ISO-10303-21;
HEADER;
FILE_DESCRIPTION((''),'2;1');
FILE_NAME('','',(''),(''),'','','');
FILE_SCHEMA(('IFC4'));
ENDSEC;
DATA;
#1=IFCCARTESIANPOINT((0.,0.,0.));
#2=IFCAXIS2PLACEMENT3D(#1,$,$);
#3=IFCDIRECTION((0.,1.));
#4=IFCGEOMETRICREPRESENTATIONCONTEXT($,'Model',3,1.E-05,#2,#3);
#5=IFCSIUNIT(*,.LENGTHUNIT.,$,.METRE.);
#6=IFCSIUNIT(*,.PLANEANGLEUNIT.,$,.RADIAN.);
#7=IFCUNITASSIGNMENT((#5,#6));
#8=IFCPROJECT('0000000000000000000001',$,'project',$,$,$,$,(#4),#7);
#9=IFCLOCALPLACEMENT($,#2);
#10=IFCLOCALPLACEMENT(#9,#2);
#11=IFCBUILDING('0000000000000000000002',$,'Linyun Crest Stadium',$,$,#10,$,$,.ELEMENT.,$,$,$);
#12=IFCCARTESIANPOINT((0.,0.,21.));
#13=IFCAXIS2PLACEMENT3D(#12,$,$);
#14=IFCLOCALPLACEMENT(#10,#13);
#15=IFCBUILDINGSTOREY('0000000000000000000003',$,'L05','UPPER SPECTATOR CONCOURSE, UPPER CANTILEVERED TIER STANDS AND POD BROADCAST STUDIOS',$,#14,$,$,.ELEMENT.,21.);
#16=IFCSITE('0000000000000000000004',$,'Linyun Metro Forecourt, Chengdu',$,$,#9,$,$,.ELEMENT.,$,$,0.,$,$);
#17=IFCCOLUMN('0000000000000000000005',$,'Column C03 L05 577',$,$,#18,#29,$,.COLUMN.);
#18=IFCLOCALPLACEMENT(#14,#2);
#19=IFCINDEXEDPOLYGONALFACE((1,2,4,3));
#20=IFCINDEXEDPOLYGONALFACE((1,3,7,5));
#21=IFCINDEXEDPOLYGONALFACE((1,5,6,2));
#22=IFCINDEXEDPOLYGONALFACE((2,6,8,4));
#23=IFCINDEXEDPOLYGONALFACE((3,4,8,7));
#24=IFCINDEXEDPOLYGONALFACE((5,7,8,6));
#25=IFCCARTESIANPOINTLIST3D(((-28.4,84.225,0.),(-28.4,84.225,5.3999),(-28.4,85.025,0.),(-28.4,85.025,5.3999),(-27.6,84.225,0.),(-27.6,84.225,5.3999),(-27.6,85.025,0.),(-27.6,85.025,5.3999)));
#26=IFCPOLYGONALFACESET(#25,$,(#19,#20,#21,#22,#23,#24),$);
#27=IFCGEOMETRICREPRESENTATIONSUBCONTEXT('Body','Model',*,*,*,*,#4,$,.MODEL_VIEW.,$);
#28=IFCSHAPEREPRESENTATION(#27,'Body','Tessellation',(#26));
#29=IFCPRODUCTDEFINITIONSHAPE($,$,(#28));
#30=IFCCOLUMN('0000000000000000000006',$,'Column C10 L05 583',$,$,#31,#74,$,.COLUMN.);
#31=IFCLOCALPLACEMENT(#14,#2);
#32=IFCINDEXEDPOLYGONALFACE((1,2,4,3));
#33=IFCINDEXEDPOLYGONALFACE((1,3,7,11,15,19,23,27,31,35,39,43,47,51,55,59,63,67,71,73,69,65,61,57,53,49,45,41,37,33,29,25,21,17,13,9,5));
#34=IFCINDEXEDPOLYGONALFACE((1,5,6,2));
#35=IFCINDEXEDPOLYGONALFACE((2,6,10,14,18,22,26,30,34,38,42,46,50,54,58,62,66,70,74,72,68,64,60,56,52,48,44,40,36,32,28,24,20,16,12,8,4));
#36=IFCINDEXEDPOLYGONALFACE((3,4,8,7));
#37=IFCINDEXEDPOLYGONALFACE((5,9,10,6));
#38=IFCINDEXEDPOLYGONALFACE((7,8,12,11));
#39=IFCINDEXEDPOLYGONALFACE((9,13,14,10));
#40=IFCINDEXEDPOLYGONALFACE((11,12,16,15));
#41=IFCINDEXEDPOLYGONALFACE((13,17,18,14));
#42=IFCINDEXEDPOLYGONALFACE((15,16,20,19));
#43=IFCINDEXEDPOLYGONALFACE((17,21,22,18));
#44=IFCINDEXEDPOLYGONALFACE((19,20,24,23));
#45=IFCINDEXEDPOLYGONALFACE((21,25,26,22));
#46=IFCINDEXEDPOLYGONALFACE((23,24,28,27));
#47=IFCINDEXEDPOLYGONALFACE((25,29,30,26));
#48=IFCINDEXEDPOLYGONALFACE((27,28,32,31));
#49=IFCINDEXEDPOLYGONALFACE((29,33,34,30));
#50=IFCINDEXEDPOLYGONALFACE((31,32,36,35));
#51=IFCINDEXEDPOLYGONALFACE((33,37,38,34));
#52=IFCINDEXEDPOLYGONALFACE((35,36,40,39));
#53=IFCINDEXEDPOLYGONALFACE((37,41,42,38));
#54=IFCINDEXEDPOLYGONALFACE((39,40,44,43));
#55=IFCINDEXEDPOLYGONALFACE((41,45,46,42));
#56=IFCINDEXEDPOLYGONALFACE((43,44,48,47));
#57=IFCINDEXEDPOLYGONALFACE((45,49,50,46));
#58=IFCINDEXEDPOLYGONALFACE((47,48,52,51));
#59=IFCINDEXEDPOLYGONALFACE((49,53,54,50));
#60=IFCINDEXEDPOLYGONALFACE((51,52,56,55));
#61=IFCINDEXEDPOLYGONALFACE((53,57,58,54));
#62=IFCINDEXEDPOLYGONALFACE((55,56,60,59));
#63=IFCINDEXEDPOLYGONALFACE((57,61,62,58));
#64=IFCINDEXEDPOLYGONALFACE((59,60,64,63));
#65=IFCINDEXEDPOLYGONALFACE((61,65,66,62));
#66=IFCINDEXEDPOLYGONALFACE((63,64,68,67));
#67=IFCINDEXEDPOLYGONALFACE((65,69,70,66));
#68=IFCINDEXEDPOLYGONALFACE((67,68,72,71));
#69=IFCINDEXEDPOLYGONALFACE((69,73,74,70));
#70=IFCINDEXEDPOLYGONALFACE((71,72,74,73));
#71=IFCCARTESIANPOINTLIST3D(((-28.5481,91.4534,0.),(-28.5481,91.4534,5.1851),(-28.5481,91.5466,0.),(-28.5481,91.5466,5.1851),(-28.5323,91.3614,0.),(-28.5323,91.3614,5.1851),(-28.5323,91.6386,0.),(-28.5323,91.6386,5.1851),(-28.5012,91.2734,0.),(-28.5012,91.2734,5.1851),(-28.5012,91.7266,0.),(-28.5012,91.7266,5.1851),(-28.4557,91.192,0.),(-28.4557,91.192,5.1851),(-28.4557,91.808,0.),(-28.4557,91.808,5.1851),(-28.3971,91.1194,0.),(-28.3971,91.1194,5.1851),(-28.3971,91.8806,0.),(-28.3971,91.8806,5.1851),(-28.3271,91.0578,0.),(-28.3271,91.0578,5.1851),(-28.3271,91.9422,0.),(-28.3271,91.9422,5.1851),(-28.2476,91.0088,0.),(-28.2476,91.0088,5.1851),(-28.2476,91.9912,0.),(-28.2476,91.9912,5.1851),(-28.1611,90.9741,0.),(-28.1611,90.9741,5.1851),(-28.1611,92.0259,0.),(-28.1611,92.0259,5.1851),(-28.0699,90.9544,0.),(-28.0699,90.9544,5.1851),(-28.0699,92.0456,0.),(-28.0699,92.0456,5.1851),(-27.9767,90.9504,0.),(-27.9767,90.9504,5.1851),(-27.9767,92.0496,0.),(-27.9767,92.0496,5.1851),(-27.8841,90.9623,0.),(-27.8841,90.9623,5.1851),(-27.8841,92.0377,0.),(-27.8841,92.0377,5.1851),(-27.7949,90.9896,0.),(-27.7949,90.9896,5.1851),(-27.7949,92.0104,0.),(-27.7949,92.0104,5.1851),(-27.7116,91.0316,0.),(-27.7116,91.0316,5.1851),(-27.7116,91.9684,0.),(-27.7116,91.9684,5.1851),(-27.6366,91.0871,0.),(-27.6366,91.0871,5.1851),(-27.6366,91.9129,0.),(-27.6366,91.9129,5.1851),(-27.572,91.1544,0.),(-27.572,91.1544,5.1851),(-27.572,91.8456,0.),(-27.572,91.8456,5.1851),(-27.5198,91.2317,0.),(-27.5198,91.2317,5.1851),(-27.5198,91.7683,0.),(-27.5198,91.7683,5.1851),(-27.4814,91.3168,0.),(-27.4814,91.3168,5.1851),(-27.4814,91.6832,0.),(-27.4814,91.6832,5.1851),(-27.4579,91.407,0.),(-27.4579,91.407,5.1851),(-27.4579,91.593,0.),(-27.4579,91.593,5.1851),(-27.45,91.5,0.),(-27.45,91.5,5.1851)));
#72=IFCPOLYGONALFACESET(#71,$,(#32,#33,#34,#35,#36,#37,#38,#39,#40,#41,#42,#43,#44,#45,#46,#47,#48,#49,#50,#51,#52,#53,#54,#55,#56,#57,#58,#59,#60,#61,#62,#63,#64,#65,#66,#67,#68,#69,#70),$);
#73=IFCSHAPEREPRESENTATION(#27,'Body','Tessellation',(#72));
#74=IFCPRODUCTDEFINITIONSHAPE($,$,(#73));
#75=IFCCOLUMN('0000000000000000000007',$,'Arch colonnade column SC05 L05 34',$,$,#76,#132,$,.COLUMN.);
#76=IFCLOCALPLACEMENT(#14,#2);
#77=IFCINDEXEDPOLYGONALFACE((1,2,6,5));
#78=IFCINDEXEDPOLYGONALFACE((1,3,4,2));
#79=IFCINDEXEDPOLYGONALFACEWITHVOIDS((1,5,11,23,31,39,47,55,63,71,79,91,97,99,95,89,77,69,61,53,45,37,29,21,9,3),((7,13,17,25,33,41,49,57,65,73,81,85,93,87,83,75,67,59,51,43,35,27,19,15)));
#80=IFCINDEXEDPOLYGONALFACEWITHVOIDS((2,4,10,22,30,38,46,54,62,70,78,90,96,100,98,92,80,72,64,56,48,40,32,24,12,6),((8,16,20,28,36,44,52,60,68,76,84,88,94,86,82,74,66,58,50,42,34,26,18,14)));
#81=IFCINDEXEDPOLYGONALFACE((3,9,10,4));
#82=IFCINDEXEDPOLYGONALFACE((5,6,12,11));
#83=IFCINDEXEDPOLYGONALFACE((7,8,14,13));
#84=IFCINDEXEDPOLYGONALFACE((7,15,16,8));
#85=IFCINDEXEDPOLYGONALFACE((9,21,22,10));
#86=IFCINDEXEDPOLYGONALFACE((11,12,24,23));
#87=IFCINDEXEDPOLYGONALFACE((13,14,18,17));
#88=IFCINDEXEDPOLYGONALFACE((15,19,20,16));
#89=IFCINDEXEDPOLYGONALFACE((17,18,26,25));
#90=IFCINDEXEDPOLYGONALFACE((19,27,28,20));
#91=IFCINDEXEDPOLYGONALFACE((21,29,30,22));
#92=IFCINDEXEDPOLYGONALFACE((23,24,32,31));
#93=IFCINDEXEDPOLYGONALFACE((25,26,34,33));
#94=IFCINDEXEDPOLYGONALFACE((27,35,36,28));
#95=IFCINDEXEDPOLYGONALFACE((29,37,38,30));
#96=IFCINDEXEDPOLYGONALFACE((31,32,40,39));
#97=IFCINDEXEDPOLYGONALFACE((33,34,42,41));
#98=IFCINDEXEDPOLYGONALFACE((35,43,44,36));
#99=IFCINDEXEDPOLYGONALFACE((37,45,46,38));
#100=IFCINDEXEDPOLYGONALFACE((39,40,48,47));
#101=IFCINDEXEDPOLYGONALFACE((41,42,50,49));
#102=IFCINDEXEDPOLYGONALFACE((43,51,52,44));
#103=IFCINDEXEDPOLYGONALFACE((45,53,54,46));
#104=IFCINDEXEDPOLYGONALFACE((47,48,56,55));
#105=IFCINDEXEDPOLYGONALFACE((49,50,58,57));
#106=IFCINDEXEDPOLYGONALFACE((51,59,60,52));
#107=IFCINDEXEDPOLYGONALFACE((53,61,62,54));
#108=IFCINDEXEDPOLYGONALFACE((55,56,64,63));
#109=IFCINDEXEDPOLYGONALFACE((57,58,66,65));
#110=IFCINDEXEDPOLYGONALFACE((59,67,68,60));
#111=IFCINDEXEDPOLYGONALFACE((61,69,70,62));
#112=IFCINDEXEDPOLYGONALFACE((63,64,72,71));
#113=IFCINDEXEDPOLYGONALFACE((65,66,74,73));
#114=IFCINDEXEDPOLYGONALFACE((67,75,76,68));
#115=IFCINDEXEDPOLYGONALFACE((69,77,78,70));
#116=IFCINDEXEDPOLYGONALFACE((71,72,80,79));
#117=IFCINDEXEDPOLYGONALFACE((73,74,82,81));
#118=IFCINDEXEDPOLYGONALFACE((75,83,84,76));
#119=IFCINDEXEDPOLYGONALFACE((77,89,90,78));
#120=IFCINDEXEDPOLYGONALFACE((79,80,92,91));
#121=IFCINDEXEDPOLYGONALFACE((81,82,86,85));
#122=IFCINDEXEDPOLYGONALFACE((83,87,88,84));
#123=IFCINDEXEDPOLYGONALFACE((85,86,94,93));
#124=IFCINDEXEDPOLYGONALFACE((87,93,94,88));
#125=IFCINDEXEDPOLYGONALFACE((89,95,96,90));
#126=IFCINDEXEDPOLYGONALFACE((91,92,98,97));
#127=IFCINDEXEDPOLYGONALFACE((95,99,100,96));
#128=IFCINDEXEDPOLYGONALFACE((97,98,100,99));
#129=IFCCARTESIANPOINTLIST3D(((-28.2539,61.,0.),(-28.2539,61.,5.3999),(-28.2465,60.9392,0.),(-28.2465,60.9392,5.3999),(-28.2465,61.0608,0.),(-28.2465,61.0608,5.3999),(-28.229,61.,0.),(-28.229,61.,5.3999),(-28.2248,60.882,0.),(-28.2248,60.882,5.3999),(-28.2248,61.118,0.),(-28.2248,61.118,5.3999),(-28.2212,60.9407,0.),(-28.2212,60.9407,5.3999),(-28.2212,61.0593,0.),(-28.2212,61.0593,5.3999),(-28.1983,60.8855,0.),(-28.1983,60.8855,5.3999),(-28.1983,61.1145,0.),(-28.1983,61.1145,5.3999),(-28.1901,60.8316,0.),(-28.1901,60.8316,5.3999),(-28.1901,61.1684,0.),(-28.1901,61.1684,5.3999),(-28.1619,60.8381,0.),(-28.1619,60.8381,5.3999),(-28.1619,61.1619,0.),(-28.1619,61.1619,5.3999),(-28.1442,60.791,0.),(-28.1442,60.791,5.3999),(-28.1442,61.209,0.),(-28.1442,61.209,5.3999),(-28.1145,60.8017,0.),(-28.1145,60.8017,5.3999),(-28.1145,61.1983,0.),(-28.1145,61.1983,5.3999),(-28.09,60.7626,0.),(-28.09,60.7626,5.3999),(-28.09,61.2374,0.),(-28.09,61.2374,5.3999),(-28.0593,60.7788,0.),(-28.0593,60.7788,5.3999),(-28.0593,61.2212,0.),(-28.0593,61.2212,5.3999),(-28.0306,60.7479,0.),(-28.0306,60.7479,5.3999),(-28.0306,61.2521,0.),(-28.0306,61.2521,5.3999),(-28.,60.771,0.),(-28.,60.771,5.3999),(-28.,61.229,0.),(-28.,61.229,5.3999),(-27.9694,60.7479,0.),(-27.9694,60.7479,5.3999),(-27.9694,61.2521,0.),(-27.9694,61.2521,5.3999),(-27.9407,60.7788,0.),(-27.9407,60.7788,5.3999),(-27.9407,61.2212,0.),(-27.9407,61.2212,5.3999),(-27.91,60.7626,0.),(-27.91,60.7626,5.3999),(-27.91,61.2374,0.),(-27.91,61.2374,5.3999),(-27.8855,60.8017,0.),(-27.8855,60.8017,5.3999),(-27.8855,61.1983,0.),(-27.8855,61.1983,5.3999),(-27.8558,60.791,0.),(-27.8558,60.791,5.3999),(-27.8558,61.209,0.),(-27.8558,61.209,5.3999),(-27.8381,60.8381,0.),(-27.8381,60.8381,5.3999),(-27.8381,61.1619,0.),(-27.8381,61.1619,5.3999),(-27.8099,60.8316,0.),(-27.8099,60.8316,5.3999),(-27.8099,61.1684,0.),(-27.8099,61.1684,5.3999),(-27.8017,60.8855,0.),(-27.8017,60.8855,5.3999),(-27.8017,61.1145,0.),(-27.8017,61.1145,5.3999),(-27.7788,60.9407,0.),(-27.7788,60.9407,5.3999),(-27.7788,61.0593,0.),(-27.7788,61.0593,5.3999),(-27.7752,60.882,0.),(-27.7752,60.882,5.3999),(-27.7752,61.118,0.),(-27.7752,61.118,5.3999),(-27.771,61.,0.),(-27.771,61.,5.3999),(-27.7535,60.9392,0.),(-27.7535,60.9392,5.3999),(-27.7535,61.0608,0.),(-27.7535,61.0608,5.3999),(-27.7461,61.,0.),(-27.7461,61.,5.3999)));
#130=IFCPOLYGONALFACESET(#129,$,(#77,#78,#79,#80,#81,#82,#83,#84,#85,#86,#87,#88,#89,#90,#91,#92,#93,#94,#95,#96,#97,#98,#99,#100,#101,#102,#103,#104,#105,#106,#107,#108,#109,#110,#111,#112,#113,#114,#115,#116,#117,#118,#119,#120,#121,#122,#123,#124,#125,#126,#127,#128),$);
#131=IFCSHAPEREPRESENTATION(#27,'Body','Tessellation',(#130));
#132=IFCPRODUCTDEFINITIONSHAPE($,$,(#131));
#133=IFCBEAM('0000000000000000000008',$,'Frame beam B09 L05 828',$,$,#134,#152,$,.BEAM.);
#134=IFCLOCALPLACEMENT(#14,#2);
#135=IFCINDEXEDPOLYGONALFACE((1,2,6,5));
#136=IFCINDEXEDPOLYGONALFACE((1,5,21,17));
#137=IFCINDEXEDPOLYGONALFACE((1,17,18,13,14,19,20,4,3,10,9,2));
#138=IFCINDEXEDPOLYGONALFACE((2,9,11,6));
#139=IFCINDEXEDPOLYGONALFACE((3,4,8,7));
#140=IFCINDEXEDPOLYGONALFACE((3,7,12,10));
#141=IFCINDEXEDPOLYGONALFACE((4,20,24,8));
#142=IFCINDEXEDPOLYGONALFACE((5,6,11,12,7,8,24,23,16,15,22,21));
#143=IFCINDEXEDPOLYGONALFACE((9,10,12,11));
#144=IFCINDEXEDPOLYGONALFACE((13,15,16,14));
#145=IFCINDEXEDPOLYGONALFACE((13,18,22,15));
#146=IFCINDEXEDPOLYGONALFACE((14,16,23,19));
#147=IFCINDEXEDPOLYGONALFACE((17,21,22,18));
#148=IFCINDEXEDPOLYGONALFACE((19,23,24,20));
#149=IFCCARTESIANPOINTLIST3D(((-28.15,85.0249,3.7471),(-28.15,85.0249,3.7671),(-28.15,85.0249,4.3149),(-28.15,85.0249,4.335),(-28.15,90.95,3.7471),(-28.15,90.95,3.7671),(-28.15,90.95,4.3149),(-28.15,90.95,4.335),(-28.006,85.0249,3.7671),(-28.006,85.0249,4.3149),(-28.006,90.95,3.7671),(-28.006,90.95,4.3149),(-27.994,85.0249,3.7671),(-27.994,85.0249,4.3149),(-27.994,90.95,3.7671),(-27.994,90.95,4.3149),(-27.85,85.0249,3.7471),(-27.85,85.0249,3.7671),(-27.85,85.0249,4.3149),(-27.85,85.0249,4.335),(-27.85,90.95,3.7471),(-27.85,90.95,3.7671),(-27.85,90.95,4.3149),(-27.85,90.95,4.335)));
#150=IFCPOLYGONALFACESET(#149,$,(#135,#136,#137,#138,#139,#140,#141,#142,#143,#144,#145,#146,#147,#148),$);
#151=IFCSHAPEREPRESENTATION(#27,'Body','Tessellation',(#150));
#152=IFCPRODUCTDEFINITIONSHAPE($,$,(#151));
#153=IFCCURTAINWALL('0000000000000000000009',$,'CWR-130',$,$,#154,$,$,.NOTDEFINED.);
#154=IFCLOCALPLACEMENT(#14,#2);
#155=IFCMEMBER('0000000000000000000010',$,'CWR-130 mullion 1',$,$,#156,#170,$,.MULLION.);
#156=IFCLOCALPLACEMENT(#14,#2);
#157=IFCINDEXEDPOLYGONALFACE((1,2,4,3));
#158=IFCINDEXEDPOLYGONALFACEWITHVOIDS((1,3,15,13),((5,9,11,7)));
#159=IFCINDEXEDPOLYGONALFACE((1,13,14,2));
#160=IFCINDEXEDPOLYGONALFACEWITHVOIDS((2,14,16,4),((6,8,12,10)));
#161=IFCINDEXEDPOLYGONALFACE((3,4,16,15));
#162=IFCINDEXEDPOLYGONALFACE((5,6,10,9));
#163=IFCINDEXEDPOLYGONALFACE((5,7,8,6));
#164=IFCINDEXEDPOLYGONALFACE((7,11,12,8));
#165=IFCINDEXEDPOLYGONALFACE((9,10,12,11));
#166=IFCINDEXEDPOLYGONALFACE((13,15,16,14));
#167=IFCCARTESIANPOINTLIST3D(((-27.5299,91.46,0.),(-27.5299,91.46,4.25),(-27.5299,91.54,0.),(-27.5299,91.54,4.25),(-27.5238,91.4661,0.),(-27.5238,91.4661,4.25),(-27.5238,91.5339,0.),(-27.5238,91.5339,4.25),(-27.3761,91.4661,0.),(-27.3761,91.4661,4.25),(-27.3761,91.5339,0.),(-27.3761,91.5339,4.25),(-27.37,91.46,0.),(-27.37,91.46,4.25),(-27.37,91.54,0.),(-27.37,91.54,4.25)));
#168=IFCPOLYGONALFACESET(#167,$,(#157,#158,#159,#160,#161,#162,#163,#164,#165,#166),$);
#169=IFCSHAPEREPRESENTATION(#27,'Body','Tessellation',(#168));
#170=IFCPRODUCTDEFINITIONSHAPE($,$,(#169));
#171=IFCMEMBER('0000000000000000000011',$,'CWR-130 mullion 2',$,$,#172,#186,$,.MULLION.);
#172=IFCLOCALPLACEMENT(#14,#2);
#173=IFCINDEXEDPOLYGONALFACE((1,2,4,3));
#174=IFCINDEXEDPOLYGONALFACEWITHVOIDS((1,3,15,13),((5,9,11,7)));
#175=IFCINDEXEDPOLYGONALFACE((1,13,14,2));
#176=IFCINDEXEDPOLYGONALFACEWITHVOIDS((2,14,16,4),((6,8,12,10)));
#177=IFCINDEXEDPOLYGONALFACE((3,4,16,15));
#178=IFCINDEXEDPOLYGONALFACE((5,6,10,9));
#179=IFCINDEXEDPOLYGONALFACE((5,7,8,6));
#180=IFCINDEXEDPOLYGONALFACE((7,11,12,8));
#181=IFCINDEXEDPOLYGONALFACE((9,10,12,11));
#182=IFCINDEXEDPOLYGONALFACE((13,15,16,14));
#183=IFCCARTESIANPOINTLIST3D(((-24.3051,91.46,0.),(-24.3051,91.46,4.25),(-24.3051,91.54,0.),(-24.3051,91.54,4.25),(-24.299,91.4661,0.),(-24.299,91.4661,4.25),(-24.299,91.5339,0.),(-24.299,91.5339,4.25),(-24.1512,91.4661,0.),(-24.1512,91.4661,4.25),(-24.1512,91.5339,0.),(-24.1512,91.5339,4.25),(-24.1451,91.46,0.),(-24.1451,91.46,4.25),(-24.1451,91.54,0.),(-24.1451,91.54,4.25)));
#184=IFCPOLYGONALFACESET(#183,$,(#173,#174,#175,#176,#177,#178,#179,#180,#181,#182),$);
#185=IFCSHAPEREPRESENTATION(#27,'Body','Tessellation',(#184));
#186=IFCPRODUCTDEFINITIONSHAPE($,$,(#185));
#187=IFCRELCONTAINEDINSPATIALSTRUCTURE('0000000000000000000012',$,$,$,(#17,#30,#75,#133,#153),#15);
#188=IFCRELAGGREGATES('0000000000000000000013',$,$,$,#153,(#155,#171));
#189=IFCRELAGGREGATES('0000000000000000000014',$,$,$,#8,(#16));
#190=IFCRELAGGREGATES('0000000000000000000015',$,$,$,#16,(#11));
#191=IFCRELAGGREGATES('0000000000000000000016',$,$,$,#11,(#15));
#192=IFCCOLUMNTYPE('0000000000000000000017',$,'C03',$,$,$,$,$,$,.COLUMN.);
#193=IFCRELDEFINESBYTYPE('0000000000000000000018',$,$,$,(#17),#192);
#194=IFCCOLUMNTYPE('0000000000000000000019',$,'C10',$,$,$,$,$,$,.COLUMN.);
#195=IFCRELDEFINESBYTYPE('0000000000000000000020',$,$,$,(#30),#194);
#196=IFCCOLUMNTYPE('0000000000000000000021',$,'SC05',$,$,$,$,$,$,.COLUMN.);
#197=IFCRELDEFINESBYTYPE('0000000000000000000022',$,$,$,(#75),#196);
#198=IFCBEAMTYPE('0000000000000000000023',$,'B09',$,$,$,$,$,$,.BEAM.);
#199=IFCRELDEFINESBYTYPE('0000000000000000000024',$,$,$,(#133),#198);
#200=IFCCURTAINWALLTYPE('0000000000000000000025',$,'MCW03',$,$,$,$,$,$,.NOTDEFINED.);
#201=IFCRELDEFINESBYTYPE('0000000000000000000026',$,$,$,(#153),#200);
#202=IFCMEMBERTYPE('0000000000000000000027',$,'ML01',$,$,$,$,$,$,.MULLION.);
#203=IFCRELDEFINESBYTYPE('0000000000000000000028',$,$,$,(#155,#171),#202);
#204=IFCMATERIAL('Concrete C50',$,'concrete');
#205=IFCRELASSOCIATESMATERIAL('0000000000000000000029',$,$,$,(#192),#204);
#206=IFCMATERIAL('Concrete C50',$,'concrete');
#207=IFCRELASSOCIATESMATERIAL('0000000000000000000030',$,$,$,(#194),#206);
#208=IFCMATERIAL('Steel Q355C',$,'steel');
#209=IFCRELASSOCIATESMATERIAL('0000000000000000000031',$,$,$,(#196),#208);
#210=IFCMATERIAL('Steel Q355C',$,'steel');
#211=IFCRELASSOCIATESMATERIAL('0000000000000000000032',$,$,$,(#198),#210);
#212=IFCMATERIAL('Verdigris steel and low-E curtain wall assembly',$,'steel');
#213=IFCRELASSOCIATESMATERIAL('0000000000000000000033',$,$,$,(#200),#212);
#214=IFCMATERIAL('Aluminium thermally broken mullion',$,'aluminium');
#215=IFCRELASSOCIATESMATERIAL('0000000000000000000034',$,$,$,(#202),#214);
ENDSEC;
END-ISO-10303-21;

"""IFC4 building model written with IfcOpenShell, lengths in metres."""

from ifc_helpers import new_model, si_unit, direction, frame, origin, origin_2d, place, context, subcontext, project, spatial, rectangle, hollow_rectangle, circle, hollow_circle, i_section, extrude, material, material_profile, profile_set, type_object, element, aggregate, save


model = new_model("IFC4")

# Units and contexts
model_context = context("Model", 3, precision=1e-05, world=origin(), true_north=direction((0.0, 1.0)))
body_context = subcontext(model_context, "Body", "Model", "MODEL_VIEW")
ifc_project = project(units=[si_unit("LENGTHUNIT", "METRE"), si_unit("PLANEANGLEUNIT", "RADIAN")], contexts=[model_context])

# Site, building, storey
site_placement = place(None, origin())
site = spatial("IfcSite", under=ifc_project, at=site_placement, Name="Linyun Metro Forecourt, Chengdu", CompositionType="ELEMENT", RefElevation=0.0)
building_placement = place(site_placement, origin())
building = spatial("IfcBuilding", under=site, at=building_placement, Name="Linyun Crest Stadium", CompositionType="ELEMENT")
storey_placement = place(building_placement, frame((0.0, 0.0, 21.0)))
storey = spatial("IfcBuildingStorey", under=building, at=storey_placement, Name="L05", Description="UPPER SPECTATOR CONCOURSE, UPPER CANTILEVERED TIER STANDS AND POD BROADCAST STUDIOS", CompositionType="ELEMENT", Elevation=21.0)

# Columns
ifc_material_1 = material(Name="Concrete C50", Category="concrete")
ifc_material_profile_1 = material_profile(ifc_material_1, rectangle(XDim=0.8, YDim=0.8, at=origin_2d()), Name="RC 800x800")
ifc_profile_set_1 = profile_set([ifc_material_profile_1], Name="Concrete C50")
column_type_1 = type_object("IfcColumnType", Name="C03", PredefinedType="COLUMN", material=ifc_profile_set_1)
column_1_placement = place(storey_placement, frame((-28.0, 84.625, 0.0), z_axis=(0.0, 0.0, 1.0), x_axis=(1.0, 0.0, 0.0)))
element("IfcColumn", 1, at=column_1_placement, inside=storey, type_object=column_type_1, Name="Column C03 L05 577", PredefinedType="COLUMN", context=body_context, shape_type="SweptSolid", body=[
    extrude(rectangle(XDim=0.8, YDim=0.8, at=origin_2d()), origin(), (0.0, 0.0, 1.0), 5.3999),
])
ifc_material_2 = material(Name="Concrete C50", Category="concrete")
ifc_material_profile_2 = material_profile(ifc_material_2, circle(Radius=0.55, at=origin_2d()), Name="RC D1100")
ifc_profile_set_2 = profile_set([ifc_material_profile_2], Name="Concrete C50")
column_type_2 = type_object("IfcColumnType", Name="C10", PredefinedType="COLUMN", material=ifc_profile_set_2)
column_2_placement = place(storey_placement, frame((-28.0, 91.5, 0.0), z_axis=(0.0, 0.0, 1.0), x_axis=(1.0, 0.0, 0.0)))
element("IfcColumn", 2, at=column_2_placement, inside=storey, type_object=column_type_2, Name="Column C10 L05 583", PredefinedType="COLUMN", context=body_context, shape_type="SweptSolid", body=[
    extrude(circle(Radius=0.55, at=origin_2d()), origin(), (0.0, 0.0, 1.0), 5.1851),
])
ifc_material_3 = material(Name="Steel Q355C", Category="steel")
ifc_material_profile_3 = material_profile(ifc_material_3, hollow_circle(Radius=0.2539, WallThickness=0.0249, at=origin_2d()), Name="CHS 508x25")
ifc_profile_set_3 = profile_set([ifc_material_profile_3], Name="Steel Q355C")
column_type_3 = type_object("IfcColumnType", Name="SC05", PredefinedType="COLUMN", material=ifc_profile_set_3)
column_3_placement = place(storey_placement, frame((-28.0, 61.0, 0.0), z_axis=(0.0, 0.0, 1.0), x_axis=(1.0, 0.0, 0.0)))
element("IfcColumn", 3, at=column_3_placement, inside=storey, type_object=column_type_3, Name="Arch colonnade column SC05 L05 34", PredefinedType="COLUMN", context=body_context, shape_type="SweptSolid", body=[
    extrude(hollow_circle(Radius=0.2539, WallThickness=0.0249, at=origin_2d()), origin(), (0.0, 0.0, 1.0), 5.3999),
])

# Beam
ifc_material_4 = material(Name="Steel Q355C", Category="steel")
ifc_material_profile_4 = material_profile(ifc_material_4, i_section(OverallWidth=0.3, OverallDepth=0.5879, WebThickness=0.012, FlangeThickness=0.02, at=origin_2d()), Name="HM 588x300")
ifc_profile_set_4 = profile_set([ifc_material_profile_4], Name="Steel Q355C")
beam_type_1 = type_object("IfcBeamType", Name="B09", PredefinedType="BEAM", material=ifc_profile_set_4)
beam_1_placement = place(storey_placement, frame((-28.0, 85.0249, 4.041), z_axis=(0.0, 1.0, 0.0), x_axis=(-1.0, 0.0, 0.0)))
element("IfcBeam", 4, at=beam_1_placement, inside=storey, type_object=beam_type_1, Name="Frame beam B09 L05 828", PredefinedType="BEAM", context=body_context, shape_type="SweptSolid", body=[
    extrude(i_section(OverallWidth=0.3, OverallDepth=0.5879, WebThickness=0.012, FlangeThickness=0.02, at=origin_2d()), origin(), (0.0, 0.0, 1.0), 5.925),
])

# Curtain wall, members
ifc_material_5 = material(Name="Verdigris steel and low-E curtain wall assembly", Category="steel")
curtain_wall_type = type_object("IfcCurtainWallType", Name="MCW03", PredefinedType="NOTDEFINED", material=ifc_material_5)
curtain_wall_placement = place(storey_placement, origin())
curtain_wall = element("IfcCurtainWall", 5, at=curtain_wall_placement, inside=storey, type_object=curtain_wall_type, Name="CWR-130", PredefinedType="NOTDEFINED")
ifc_material_6 = material(Name="Aluminium thermally broken mullion", Category="aluminium")
ifc_material_profile_5 = material_profile(ifc_material_6, hollow_rectangle(XDim=0.0801, YDim=0.1599, WallThickness=0.0061, at=origin_2d()), Name="RHS 160x80x6")
ifc_profile_set_5 = profile_set([ifc_material_profile_5], Name="Aluminium thermally broken mullion")
member_type_1 = type_object("IfcMemberType", Name="ML01", PredefinedType="MULLION", material=ifc_profile_set_5)
member_1_placement = place(storey_placement, frame((-27.45, 91.5, 0.0), z_axis=(0.0, 0.0, 1.0), x_axis=(0.0, 1.0, 0.0)))
member_1 = element("IfcMember", 6, at=member_1_placement, type_object=member_type_1, Name="CWR-130 mullion 1", PredefinedType="MULLION", context=body_context, shape_type="SweptSolid", body=[
    extrude(hollow_rectangle(XDim=0.0801, YDim=0.1599, WallThickness=0.0061, at=origin_2d()), origin(), (0.0, 0.0, 1.0), 4.25),
])
member_2_placement = place(storey_placement, frame((-24.2251, 91.5, 0.0), z_axis=(0.0, 0.0, 1.0), x_axis=(0.0, 1.0, 0.0)))
member_2 = element("IfcMember", 7, at=member_2_placement, type_object=member_type_1, Name="CWR-130 mullion 2", PredefinedType="MULLION", context=body_context, shape_type="SweptSolid", body=[
    extrude(hollow_rectangle(XDim=0.0801, YDim=0.1599, WallThickness=0.0061, at=origin_2d()), origin(), (0.0, 0.0, 1.0), 4.25),
])

aggregate(curtain_wall, [member_1, member_2])

save(model, "model.ifc")
